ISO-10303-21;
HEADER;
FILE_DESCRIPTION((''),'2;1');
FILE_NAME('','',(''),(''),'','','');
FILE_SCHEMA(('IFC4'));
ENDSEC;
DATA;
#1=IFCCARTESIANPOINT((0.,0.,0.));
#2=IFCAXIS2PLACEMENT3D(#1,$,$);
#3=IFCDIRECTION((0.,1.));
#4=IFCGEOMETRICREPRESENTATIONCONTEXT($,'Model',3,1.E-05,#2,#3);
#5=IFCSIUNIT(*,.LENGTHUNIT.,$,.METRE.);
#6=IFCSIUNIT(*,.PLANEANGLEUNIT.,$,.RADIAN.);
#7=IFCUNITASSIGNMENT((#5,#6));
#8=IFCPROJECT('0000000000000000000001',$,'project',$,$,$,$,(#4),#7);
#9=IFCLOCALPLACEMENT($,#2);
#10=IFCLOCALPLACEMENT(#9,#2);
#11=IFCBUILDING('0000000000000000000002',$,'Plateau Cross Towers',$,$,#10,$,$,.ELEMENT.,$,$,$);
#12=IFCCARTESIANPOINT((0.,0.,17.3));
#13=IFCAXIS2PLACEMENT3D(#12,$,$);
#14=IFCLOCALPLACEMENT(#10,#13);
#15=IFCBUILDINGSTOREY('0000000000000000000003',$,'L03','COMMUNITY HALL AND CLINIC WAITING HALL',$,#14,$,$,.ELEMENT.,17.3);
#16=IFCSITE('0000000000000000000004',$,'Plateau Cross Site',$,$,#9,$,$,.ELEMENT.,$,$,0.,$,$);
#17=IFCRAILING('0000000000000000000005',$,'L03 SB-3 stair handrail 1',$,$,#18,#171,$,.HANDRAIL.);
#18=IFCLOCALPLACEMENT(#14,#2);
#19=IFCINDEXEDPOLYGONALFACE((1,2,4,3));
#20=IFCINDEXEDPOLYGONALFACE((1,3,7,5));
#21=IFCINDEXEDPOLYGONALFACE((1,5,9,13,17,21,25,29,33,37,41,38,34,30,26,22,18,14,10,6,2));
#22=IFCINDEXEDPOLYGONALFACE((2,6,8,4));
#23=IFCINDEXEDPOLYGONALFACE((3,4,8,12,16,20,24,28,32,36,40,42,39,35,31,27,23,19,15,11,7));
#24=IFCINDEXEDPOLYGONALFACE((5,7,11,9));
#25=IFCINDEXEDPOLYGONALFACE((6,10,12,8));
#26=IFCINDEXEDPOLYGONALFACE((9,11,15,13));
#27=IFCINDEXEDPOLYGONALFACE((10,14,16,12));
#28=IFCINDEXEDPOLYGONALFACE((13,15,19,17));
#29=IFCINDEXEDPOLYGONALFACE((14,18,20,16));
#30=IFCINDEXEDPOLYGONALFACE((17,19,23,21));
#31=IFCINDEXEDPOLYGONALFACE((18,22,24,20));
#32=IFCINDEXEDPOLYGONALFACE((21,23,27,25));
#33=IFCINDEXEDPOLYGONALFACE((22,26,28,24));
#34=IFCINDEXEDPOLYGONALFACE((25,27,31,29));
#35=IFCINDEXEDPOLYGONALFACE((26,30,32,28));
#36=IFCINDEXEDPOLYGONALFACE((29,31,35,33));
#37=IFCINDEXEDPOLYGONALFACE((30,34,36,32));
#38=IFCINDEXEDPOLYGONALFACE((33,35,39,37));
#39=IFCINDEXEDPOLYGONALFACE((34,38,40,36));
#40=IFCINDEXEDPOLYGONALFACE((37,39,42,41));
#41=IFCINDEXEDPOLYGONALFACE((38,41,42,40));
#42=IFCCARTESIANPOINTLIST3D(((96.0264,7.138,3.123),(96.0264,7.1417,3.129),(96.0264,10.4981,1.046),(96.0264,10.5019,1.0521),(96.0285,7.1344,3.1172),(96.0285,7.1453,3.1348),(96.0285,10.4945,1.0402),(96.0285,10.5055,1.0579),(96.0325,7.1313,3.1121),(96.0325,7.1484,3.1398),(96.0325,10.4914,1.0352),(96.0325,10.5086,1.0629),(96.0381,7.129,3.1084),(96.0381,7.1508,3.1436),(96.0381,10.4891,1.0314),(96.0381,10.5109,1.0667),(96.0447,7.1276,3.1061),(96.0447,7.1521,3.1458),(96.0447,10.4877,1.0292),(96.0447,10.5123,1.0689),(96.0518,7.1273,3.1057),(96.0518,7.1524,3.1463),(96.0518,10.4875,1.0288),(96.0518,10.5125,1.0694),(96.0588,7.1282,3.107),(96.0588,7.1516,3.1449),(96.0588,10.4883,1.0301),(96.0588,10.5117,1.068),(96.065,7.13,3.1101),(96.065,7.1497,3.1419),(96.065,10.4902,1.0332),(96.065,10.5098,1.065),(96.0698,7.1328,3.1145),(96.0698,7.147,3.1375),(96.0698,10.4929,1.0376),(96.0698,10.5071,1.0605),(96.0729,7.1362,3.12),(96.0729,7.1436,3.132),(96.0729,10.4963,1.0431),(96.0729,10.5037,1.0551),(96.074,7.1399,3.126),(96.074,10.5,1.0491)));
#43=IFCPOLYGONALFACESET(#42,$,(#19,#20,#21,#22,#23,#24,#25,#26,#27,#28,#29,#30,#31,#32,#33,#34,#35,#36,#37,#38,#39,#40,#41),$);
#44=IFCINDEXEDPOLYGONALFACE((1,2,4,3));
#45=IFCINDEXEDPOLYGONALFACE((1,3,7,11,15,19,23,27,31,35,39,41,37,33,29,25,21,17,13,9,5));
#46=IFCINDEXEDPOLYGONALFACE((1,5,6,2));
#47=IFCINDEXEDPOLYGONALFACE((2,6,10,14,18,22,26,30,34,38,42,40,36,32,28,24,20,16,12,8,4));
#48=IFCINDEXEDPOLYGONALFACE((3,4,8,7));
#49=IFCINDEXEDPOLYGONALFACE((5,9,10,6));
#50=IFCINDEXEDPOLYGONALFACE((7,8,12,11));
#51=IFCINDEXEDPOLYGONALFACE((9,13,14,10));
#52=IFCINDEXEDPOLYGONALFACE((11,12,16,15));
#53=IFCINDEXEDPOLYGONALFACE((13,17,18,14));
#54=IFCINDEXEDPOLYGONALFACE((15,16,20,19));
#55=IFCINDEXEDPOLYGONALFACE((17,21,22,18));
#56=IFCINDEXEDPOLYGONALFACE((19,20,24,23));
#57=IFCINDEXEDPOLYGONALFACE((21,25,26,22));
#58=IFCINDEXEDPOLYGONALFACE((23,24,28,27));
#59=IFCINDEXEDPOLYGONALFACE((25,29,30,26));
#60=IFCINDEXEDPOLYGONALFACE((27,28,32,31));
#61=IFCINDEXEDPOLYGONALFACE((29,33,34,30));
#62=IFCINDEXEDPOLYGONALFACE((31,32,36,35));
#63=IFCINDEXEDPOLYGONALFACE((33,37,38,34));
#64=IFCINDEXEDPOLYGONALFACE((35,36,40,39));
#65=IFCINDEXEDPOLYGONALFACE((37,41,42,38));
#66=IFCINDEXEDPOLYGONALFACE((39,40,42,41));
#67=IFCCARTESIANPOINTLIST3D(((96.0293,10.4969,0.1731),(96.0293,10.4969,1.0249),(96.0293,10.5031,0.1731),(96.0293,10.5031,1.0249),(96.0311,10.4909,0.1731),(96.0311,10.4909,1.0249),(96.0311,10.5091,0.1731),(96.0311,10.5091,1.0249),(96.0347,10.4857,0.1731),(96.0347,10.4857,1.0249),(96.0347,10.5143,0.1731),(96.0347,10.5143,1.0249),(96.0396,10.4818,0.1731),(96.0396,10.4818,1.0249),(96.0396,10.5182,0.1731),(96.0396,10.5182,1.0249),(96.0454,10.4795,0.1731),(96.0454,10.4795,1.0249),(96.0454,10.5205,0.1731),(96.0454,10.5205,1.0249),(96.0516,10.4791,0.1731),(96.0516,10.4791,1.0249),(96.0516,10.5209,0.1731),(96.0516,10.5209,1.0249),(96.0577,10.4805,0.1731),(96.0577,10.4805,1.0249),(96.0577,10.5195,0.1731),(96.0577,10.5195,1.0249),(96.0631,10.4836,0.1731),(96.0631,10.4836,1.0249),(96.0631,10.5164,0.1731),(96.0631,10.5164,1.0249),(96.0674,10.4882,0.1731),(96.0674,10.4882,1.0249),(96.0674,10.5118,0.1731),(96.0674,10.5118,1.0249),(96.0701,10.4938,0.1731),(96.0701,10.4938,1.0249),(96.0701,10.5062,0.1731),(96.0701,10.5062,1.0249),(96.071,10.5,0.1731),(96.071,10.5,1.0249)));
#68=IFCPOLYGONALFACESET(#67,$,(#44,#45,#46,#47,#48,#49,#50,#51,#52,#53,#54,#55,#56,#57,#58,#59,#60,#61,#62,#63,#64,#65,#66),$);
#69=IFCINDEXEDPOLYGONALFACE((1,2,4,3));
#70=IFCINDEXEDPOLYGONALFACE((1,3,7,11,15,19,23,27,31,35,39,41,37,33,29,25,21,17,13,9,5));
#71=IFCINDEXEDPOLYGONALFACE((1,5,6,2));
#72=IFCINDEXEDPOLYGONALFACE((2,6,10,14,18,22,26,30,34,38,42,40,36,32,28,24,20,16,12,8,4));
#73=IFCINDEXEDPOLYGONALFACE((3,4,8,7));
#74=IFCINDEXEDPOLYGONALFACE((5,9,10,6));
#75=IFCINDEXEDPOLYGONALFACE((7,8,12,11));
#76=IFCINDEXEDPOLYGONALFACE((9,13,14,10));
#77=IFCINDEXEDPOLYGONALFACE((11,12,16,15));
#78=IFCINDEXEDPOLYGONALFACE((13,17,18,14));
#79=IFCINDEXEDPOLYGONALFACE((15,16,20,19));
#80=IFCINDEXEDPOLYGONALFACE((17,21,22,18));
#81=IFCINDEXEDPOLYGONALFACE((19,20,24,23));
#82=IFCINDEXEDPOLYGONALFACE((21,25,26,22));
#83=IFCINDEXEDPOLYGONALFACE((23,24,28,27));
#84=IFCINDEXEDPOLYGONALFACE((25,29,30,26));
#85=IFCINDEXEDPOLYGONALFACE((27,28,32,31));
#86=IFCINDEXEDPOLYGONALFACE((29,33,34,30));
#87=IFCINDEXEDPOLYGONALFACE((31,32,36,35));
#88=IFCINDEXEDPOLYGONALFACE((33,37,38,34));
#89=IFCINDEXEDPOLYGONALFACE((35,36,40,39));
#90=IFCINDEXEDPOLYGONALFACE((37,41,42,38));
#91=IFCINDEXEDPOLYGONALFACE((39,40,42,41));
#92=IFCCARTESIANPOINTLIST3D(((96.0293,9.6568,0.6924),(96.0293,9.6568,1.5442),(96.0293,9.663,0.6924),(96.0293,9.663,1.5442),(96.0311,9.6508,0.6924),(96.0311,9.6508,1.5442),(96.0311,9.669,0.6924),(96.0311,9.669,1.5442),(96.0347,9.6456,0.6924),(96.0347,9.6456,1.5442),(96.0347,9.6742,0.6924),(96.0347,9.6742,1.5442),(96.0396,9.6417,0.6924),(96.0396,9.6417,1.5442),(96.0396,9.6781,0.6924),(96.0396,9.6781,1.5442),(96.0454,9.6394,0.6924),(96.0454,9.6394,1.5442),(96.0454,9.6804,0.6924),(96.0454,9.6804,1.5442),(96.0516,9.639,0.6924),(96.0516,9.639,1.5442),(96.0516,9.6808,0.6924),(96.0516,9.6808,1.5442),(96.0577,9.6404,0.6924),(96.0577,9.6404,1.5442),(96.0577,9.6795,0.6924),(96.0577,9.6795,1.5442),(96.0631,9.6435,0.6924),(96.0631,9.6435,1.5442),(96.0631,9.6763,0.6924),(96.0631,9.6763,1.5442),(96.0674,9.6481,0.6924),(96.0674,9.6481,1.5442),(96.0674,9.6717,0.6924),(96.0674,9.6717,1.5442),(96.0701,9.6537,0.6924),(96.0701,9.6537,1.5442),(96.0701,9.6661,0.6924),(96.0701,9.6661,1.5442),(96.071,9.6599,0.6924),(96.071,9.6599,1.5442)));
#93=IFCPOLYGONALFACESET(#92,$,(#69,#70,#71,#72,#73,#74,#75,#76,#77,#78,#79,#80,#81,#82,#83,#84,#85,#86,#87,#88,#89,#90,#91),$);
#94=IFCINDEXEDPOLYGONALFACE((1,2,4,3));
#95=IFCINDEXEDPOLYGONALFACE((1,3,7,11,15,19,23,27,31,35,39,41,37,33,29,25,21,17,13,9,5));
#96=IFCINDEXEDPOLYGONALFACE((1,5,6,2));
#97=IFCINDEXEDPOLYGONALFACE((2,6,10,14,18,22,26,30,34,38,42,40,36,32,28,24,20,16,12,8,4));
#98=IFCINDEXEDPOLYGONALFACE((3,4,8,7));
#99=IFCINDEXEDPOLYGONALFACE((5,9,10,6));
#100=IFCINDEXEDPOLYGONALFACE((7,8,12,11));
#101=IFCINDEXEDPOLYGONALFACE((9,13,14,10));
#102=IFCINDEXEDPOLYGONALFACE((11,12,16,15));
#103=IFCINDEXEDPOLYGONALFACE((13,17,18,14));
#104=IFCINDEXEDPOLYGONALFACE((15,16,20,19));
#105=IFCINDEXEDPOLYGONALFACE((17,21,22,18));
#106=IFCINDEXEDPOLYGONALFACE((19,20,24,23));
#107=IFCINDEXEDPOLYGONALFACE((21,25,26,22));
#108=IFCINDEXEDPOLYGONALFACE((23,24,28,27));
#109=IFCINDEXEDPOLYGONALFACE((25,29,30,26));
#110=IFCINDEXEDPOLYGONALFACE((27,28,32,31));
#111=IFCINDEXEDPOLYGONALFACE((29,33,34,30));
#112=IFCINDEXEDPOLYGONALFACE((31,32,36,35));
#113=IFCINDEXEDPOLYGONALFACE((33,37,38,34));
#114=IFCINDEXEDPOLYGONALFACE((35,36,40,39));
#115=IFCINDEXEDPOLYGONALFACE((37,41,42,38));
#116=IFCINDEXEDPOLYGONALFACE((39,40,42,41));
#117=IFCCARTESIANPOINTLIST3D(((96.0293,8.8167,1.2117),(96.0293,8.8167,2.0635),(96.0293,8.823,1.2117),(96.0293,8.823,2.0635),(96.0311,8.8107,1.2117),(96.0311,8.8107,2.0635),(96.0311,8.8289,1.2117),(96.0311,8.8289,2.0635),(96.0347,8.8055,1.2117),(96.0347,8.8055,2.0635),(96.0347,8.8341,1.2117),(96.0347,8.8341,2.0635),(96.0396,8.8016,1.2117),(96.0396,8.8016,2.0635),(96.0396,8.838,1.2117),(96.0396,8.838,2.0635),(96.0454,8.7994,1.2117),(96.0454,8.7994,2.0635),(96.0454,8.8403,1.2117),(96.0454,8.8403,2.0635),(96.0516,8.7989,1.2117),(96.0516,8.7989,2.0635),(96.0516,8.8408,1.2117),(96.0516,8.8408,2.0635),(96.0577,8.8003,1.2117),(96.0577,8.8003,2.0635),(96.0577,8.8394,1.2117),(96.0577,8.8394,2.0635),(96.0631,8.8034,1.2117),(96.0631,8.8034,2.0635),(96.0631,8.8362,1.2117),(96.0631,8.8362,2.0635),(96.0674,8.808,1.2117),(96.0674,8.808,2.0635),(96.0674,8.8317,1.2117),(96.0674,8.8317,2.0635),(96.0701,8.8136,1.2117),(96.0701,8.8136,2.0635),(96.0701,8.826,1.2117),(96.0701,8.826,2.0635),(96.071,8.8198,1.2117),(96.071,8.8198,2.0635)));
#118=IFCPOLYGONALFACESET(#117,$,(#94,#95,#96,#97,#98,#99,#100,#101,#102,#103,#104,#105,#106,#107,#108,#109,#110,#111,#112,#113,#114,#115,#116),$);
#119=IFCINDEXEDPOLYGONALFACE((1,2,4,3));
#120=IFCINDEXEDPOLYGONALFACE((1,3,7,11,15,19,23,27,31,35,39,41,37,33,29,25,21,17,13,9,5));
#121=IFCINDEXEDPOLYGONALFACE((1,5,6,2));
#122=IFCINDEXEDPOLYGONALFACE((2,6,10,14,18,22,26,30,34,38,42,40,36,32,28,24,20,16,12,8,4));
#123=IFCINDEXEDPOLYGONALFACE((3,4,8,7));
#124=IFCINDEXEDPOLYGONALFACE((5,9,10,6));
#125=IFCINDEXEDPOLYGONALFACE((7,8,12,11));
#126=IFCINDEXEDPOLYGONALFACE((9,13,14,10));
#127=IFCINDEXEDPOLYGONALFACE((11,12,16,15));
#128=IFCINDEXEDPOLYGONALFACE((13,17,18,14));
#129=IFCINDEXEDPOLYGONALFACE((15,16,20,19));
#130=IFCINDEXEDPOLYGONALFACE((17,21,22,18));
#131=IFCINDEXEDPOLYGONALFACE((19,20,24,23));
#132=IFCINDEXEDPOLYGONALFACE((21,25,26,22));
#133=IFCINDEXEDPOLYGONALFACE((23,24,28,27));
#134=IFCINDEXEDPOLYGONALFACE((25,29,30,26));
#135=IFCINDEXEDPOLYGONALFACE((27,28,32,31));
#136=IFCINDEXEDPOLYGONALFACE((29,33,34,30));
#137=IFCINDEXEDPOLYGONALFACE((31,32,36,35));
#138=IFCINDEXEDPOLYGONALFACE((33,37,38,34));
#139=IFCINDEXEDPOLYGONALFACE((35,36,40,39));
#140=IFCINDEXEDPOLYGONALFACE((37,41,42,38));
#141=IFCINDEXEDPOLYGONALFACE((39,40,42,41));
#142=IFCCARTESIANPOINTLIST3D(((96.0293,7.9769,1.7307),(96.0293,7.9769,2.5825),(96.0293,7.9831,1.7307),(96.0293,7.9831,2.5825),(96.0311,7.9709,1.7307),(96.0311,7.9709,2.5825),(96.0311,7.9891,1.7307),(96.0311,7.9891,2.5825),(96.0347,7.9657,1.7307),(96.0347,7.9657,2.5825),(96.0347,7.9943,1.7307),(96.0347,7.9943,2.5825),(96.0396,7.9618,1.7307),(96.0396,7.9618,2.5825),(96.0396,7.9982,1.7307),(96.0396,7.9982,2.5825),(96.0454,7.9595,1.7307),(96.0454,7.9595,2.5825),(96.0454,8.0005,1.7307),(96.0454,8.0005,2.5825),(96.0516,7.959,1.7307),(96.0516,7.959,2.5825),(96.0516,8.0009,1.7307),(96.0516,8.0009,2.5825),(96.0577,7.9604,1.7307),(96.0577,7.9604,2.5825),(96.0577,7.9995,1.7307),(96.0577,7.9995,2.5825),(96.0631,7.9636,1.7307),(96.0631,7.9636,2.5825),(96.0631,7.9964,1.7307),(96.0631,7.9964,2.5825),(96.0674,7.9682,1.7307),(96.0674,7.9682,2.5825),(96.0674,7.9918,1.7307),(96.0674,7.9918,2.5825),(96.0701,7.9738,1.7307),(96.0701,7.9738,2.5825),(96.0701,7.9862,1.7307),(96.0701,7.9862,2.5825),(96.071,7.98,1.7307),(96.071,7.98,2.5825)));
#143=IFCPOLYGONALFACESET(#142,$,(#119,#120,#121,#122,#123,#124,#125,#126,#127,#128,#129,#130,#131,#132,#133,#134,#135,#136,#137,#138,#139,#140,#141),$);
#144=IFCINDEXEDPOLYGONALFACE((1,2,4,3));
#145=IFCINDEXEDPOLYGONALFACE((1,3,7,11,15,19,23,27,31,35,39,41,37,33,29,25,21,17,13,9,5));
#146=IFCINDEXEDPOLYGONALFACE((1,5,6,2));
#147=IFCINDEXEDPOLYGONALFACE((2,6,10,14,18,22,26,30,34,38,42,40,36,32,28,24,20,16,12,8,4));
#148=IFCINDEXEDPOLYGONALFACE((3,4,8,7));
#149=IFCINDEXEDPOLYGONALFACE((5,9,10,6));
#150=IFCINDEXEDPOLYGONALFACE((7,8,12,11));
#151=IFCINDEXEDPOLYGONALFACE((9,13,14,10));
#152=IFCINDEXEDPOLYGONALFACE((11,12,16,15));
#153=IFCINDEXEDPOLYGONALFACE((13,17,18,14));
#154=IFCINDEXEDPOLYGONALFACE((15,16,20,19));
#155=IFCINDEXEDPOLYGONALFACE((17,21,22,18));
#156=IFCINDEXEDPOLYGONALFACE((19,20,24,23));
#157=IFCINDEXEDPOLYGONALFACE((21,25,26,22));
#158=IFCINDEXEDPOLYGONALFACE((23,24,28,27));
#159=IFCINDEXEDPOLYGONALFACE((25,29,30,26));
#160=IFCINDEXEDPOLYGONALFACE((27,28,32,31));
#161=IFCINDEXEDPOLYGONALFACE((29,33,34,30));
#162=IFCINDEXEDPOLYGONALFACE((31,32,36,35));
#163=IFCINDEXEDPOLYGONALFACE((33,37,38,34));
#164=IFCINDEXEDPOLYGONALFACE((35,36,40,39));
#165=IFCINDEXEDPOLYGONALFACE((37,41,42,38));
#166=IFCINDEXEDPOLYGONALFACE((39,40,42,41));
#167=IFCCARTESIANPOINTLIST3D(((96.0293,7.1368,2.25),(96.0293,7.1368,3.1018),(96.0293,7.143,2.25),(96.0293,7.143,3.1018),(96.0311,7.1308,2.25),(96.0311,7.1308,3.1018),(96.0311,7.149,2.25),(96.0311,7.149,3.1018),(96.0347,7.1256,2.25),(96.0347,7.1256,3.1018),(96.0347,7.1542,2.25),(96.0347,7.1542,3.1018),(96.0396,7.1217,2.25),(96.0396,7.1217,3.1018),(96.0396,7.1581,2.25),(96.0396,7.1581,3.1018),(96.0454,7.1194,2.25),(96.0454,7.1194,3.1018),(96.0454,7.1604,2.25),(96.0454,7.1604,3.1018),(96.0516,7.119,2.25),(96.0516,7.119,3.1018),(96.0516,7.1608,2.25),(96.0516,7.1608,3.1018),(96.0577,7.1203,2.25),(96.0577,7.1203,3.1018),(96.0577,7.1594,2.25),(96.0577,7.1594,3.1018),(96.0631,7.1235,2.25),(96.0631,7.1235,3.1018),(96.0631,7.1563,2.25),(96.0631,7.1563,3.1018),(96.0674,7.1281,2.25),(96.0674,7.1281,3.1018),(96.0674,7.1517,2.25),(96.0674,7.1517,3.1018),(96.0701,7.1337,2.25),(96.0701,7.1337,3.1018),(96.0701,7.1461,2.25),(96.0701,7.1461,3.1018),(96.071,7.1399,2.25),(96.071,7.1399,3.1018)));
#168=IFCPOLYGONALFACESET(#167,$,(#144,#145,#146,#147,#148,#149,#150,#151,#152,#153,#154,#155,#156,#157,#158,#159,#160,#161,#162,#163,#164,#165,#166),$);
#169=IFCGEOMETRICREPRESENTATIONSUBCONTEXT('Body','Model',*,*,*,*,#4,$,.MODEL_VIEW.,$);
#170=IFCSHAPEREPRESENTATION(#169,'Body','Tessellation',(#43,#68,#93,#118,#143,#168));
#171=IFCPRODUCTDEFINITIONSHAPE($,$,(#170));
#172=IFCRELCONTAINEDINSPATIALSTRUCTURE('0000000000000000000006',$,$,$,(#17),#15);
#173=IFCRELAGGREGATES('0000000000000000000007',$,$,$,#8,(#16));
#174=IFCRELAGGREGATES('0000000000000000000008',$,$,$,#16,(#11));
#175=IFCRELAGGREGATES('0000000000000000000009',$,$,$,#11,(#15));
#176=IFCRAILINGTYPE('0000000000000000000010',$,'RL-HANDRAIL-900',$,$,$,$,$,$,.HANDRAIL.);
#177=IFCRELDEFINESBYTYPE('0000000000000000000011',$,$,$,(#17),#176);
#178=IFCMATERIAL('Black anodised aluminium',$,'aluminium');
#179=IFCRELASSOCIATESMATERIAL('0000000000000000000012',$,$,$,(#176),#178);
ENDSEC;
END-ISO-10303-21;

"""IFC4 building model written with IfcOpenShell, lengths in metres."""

from ifc_helpers import new_model, si_unit, direction, frame, origin, origin_2d, place, context, subcontext, project, spatial, circle, extrude, material, type_object, element, save


model = new_model("IFC4")

# Units and contexts
model_context = context("Model", 3, precision=1e-05, world=origin(), true_north=direction((0.0, 1.0)))
body_context = subcontext(model_context, "Body", "Model", "MODEL_VIEW")
ifc_project = project(units=[si_unit("LENGTHUNIT", "METRE"), si_unit("PLANEANGLEUNIT", "RADIAN")], contexts=[model_context])

# Site, building, storey
site_placement = place(None, origin())
site = spatial("IfcSite", under=ifc_project, at=site_placement, Name="Plateau Cross Site", CompositionType="ELEMENT", RefElevation=0.0)
building_placement = place(site_placement, origin())
building = spatial("IfcBuilding", under=site, at=building_placement, Name="Plateau Cross Towers", CompositionType="ELEMENT")
storey_placement = place(building_placement, frame((0.0, 0.0, 17.3)))
storey = spatial("IfcBuildingStorey", under=building, at=storey_placement, Name="L03", Description="COMMUNITY HALL AND CLINIC WAITING HALL", CompositionType="ELEMENT", Elevation=17.3)

# Shared definitions
ifc_material_1 = material(Name="Black anodised aluminium", Category="aluminium")

# Railing
railing_type_1 = type_object("IfcRailingType", Name="RL-HANDRAIL-900", PredefinedType="HANDRAIL", material=ifc_material_1)
railing_1_placement = place(storey_placement, frame((96.05, 10.5, 0.1731)))
element("IfcRailing", 1, at=railing_1_placement, inside=storey, type_object=railing_type_1, Name="L03 SB-3 stair handrail 1", PredefinedType="HANDRAIL", context=body_context, shape_type="SweptSolid", body=[
    extrude(circle(Radius=0.0239, at=origin_2d()), frame((0.0, 0.0, 0.876), z_axis=(0.0, -0.850623, 0.525776), x_axis=(1.0, 0.0, 0.0)), (0.0, 0.0, 1.0), 3.9502),
    extrude(circle(Radius=0.021, at=origin_2d()), origin(), (0.0, 0.0, 1.0), 0.8518),
    extrude(circle(Radius=0.021, at=origin_2d()), frame((0.0, -0.8401, 0.5193)), (0.0, 0.0, 1.0), 0.8518),
    extrude(circle(Radius=0.021, at=origin_2d()), frame((0.0, -1.6802, 1.0386)), (0.0, 0.0, 1.0), 0.8518),
    extrude(circle(Radius=0.021, at=origin_2d()), frame((0.0, -2.52, 1.5576)), (0.0, 0.0, 1.0), 0.8518),
    extrude(circle(Radius=0.021, at=origin_2d()), frame((0.0, -3.3601, 2.0769)), (0.0, 0.0, 1.0), 0.8518),
])

save(model, "model.ifc")
